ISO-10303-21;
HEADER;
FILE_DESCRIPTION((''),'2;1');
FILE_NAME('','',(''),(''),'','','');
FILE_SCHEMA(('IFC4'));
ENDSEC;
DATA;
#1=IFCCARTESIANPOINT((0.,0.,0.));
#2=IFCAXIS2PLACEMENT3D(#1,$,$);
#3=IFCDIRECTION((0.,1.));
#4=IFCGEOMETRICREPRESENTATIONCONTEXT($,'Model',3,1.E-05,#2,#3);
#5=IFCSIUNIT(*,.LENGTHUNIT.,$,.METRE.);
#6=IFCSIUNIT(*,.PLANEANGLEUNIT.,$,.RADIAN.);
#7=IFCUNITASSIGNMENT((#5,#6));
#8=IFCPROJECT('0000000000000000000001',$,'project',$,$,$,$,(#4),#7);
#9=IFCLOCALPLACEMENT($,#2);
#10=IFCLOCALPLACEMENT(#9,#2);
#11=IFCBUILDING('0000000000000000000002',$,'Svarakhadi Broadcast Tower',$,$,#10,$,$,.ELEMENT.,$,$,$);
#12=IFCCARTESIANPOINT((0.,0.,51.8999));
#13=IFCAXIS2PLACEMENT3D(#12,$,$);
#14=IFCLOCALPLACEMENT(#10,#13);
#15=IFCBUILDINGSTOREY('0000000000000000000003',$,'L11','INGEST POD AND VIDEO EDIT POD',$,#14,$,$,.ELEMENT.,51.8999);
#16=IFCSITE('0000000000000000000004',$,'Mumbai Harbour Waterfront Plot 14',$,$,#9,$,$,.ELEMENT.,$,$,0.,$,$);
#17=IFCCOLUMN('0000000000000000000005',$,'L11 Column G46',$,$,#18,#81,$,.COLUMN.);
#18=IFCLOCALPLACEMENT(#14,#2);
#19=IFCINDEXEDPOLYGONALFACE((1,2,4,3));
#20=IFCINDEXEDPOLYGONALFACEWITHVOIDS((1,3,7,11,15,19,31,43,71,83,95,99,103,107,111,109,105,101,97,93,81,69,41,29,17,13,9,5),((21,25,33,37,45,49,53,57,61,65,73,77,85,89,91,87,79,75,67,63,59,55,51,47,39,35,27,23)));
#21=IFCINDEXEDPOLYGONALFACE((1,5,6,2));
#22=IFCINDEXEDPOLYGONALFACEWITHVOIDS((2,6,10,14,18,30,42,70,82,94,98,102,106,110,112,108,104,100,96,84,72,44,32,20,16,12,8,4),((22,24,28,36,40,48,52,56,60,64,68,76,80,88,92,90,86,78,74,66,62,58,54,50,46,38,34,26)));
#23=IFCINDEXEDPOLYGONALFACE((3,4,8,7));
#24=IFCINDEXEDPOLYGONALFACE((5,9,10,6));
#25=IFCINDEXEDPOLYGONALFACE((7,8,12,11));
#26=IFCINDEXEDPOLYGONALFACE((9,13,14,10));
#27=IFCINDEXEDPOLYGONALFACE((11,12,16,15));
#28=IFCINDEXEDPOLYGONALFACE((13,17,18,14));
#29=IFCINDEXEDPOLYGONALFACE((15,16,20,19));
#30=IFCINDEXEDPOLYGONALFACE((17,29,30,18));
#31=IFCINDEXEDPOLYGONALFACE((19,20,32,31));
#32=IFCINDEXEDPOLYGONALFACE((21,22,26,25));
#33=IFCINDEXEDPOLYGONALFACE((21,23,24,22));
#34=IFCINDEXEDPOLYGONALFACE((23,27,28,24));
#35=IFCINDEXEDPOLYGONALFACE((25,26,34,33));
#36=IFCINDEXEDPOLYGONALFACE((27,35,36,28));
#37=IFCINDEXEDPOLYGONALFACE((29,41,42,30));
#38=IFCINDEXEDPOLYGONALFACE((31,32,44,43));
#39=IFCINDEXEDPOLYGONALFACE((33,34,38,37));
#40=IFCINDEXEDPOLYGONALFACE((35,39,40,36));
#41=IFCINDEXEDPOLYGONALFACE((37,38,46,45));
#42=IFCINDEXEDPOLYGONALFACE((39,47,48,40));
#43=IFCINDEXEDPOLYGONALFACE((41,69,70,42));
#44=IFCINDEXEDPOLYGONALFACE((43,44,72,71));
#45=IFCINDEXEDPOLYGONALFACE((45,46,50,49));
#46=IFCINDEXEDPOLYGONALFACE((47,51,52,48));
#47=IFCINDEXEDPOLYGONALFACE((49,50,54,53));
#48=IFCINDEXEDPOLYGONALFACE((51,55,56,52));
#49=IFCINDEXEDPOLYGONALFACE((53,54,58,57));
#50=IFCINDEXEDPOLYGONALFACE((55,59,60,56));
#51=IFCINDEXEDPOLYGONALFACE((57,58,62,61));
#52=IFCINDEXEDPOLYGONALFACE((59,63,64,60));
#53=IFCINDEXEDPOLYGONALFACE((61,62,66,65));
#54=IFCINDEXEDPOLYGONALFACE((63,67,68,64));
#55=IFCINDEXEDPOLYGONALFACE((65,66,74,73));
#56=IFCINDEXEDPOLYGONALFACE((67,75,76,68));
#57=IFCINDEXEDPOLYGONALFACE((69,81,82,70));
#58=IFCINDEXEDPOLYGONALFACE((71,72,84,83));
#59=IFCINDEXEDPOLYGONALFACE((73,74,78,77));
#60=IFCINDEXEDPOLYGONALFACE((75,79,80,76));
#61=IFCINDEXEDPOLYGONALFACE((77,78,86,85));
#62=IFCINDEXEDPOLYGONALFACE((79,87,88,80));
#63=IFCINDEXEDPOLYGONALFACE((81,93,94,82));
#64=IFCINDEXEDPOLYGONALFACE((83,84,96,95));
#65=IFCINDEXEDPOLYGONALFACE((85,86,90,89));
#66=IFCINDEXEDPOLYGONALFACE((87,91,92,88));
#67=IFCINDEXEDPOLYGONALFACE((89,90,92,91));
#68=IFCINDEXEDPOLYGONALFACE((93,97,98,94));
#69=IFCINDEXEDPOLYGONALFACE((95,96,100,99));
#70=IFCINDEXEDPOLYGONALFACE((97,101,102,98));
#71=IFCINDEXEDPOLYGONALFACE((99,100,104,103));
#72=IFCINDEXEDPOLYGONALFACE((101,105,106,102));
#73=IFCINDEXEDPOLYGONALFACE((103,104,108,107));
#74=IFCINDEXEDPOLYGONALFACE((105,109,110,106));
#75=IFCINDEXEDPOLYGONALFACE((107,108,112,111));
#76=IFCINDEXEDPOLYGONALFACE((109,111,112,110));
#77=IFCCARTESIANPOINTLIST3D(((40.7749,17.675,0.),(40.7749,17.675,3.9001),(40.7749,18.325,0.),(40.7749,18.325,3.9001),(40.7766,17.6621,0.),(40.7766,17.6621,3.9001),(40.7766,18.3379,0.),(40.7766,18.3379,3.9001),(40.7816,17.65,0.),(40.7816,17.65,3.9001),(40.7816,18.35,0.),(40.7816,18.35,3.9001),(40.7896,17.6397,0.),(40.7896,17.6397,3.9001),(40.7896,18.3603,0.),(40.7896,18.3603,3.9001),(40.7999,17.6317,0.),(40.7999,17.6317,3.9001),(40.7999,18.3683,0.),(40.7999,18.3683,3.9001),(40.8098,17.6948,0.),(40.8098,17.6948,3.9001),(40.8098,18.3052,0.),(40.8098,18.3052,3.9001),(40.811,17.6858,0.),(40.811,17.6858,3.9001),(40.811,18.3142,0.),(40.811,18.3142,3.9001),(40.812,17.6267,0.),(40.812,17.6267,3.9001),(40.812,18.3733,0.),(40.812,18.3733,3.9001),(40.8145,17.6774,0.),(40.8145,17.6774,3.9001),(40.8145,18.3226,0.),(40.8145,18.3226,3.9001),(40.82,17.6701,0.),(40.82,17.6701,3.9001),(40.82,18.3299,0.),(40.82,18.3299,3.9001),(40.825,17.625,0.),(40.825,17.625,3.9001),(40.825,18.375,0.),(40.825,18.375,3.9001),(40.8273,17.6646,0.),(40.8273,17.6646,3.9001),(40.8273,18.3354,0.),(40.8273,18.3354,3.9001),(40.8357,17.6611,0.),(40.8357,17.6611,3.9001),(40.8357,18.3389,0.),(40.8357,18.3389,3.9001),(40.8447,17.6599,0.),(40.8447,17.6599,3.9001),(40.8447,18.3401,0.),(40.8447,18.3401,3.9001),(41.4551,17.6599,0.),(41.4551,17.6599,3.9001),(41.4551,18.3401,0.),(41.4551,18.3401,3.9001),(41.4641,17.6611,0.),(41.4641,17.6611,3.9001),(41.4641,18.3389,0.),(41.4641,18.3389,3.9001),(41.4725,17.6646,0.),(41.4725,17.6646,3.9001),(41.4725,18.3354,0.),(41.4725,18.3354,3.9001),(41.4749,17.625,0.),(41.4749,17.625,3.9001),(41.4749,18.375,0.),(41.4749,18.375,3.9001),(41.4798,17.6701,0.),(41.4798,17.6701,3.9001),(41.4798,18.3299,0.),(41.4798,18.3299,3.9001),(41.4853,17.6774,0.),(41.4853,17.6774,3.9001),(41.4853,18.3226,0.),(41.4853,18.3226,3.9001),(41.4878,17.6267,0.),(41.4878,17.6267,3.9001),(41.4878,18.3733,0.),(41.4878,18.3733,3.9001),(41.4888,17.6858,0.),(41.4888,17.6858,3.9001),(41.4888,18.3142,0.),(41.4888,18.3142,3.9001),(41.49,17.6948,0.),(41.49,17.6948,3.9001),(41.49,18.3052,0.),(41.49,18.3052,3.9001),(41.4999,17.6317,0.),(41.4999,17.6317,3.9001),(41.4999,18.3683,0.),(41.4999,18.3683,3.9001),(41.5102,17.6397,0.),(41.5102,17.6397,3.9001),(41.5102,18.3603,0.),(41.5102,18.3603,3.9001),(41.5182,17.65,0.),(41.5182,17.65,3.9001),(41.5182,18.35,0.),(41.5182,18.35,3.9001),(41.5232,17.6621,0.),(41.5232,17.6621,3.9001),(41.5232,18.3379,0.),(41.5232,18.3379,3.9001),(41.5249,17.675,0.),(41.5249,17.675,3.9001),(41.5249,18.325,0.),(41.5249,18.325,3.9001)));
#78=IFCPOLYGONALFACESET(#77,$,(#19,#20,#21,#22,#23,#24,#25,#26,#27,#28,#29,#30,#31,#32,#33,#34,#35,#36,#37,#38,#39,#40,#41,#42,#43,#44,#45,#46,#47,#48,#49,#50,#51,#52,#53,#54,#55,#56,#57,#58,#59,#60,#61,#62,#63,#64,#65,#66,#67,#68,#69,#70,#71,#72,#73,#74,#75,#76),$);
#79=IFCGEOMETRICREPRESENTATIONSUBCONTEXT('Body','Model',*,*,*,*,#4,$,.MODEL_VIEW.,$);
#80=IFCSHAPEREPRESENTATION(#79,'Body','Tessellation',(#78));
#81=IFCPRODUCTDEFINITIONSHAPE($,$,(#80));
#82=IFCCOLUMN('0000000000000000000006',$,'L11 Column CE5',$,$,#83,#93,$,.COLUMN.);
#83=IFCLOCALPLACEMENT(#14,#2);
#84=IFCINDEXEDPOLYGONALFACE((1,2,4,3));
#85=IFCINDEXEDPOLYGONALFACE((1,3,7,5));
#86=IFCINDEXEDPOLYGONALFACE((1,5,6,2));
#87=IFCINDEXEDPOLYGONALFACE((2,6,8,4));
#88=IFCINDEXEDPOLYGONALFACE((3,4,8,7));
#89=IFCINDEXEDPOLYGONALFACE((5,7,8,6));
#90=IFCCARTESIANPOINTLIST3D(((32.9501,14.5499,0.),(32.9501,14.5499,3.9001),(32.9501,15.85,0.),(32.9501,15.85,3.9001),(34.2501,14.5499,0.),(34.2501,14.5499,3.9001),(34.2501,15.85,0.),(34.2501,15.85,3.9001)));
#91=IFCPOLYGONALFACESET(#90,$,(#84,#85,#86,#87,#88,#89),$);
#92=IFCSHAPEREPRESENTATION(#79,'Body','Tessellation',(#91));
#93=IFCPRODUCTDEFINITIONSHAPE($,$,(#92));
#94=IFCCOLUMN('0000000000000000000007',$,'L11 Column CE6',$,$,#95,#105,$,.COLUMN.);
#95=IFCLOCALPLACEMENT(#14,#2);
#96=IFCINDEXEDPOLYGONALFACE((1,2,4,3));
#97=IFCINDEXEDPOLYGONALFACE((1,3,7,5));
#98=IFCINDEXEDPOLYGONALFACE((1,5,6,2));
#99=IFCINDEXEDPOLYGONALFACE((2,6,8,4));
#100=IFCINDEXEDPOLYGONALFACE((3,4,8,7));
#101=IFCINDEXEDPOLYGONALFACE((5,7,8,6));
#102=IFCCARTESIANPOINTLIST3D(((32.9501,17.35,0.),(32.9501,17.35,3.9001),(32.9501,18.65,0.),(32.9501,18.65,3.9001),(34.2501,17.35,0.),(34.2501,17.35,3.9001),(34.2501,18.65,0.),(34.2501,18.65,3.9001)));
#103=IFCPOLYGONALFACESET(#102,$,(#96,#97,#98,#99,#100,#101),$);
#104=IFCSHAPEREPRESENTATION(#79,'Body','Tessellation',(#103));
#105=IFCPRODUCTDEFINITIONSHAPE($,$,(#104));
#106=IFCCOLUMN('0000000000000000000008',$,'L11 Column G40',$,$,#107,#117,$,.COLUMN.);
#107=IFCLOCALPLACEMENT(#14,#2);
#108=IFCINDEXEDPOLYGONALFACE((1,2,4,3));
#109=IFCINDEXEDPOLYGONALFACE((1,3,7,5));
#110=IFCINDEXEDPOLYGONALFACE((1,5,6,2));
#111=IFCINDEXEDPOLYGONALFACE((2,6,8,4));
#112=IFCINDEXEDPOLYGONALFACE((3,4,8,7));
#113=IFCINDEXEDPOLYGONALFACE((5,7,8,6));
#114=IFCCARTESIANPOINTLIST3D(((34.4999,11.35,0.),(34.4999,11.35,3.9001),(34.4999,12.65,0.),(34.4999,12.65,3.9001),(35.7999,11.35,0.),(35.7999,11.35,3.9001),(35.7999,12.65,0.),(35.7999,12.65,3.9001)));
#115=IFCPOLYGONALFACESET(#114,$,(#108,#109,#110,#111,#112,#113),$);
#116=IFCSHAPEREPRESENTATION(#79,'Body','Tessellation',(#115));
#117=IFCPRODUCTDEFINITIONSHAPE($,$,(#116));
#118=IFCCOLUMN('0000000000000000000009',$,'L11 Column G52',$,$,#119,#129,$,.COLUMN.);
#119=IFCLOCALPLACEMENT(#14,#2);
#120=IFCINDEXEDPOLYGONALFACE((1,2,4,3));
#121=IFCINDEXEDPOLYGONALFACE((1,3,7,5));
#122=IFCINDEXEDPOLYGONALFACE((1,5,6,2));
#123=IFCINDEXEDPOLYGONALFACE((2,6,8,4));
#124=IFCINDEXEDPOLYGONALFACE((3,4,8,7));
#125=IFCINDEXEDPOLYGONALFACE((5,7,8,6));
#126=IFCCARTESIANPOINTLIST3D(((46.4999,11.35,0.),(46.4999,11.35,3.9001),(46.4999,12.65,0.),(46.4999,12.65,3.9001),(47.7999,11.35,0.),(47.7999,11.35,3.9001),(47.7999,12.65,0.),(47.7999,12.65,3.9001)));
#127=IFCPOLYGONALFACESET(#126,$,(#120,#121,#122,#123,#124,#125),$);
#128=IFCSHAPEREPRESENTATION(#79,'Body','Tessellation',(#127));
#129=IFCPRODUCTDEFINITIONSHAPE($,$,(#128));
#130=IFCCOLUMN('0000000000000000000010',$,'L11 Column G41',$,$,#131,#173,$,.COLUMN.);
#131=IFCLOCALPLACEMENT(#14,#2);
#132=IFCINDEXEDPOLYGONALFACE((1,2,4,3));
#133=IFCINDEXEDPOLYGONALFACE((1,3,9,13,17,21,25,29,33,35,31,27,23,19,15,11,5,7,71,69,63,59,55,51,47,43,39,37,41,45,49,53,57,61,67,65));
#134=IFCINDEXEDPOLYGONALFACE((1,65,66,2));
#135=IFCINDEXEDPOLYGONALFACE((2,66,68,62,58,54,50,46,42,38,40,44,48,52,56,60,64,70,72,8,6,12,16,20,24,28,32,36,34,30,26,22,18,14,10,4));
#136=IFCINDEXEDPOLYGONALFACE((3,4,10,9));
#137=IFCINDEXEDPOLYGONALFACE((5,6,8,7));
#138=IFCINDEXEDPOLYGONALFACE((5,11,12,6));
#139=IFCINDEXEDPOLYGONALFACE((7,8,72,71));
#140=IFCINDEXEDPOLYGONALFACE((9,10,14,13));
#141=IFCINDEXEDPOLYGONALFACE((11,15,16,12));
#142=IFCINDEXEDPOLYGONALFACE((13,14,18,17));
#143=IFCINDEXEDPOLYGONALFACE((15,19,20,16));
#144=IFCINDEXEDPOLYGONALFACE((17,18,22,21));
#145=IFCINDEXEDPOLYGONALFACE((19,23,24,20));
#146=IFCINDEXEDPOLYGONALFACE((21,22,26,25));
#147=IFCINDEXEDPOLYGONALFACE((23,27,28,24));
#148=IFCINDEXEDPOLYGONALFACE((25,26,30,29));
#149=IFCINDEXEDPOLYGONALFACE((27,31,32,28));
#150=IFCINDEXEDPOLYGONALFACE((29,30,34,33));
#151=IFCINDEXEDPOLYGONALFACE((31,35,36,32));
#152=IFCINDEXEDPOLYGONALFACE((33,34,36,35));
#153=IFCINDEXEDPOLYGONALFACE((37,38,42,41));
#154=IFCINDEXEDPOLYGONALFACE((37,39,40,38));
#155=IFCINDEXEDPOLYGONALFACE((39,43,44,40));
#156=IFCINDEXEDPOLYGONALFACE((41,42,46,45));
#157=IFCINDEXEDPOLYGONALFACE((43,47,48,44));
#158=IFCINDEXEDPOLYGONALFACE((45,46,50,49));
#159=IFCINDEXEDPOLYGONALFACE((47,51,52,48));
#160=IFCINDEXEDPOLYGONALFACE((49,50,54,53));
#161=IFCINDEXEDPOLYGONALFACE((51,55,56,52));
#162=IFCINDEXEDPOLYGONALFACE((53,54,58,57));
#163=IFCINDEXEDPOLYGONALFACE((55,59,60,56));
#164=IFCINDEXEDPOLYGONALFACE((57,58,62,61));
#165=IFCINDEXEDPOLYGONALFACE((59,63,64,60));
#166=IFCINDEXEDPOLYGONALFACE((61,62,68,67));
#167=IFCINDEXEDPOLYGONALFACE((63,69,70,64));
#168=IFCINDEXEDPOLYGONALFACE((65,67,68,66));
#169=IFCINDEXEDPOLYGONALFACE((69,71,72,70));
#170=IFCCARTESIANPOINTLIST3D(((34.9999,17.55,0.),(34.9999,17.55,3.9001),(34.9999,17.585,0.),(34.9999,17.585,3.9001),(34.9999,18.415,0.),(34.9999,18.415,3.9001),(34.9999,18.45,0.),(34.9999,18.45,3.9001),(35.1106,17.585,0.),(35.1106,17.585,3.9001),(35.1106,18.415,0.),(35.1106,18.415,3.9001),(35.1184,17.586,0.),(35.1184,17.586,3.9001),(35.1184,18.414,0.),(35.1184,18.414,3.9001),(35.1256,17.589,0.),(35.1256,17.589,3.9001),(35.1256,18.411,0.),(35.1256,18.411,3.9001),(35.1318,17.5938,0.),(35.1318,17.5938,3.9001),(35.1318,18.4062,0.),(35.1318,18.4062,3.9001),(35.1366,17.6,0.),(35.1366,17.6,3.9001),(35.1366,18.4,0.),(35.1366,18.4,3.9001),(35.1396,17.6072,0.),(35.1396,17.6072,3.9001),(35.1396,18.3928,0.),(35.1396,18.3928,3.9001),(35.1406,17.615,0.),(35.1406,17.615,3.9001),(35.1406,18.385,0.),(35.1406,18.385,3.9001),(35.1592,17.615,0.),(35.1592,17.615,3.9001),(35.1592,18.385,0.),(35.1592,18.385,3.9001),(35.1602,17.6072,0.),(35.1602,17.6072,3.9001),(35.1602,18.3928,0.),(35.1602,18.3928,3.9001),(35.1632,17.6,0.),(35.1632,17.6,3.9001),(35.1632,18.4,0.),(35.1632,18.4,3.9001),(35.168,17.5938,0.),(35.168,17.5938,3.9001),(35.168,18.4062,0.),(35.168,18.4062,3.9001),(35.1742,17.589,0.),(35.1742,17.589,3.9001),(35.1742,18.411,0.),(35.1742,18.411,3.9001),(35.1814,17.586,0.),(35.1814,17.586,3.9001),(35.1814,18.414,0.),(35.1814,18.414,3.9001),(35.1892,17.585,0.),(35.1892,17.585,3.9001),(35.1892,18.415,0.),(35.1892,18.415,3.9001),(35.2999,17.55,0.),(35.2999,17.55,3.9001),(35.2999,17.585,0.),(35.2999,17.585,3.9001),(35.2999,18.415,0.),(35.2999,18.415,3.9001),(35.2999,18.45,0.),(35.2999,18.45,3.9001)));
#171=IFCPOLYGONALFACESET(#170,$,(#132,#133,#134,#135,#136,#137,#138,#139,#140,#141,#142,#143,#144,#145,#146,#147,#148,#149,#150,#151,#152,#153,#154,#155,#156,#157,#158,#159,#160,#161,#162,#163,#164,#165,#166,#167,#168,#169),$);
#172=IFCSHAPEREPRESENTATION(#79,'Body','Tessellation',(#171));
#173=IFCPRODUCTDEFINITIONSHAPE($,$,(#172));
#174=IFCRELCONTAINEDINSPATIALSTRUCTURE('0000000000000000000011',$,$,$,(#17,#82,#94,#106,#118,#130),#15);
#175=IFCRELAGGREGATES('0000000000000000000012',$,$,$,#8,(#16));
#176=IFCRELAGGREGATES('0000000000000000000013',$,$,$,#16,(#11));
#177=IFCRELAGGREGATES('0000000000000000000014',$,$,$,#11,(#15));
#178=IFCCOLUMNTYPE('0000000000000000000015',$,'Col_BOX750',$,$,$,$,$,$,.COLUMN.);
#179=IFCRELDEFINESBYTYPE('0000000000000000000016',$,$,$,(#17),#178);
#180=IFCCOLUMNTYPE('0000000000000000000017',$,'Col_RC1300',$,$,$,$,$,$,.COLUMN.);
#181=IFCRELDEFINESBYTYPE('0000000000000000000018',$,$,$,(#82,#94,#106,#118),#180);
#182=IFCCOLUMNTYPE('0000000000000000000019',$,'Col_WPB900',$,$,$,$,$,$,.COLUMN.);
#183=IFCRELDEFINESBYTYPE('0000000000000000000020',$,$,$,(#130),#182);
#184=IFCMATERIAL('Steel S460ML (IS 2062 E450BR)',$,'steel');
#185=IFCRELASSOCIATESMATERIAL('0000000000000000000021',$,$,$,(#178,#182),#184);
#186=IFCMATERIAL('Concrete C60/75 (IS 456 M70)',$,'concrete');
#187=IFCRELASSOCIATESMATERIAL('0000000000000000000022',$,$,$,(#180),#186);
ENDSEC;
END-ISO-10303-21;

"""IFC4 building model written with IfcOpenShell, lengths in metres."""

from ifc_helpers import new_model, si_unit, direction, frame, origin, origin_2d, place, context, subcontext, project, spatial, rectangle, hollow_rectangle, i_section, extrude, material, material_profile, profile_set, type_object, element, save


model = new_model("IFC4")

# Units and contexts
model_context = context("Model", 3, precision=1e-05, world=origin(), true_north=direction((0.0, 1.0)))
body_context = subcontext(model_context, "Body", "Model", "MODEL_VIEW")
ifc_project = project(units=[si_unit("LENGTHUNIT", "METRE"), si_unit("PLANEANGLEUNIT", "RADIAN")], contexts=[model_context])

# Site, building, storey
site_placement = place(None, origin())
site = spatial("IfcSite", under=ifc_project, at=site_placement, Name="Mumbai Harbour Waterfront Plot 14", CompositionType="ELEMENT", RefElevation=0.0)
building_placement = place(site_placement, origin())
building = spatial("IfcBuilding", under=site, at=building_placement, Name="Svarakhadi Broadcast Tower", CompositionType="ELEMENT")
storey_placement = place(building_placement, frame((0.0, 0.0, 51.8999)))
storey = spatial("IfcBuildingStorey", under=building, at=storey_placement, Name="L11", Description="INGEST POD AND VIDEO EDIT POD", CompositionType="ELEMENT", Elevation=51.8999)

# Columns
ifc_material_1 = material(Name="Steel S460ML (IS 2062 E450BR)", Category="steel")
ifc_material_profile_1 = material_profile(ifc_material_1, hollow_rectangle(XDim=0.75, YDim=0.75, WallThickness=0.0349, InnerFilletRadius=0.0349, OuterFilletRadius=0.05, at=origin_2d()), Name="BOX 750x750x35")
ifc_profile_set_1 = profile_set([ifc_material_profile_1], Name="Steel S460ML (IS 2062 E450BR)")
column_type_1 = type_object("IfcColumnType", Name="Col_BOX750", PredefinedType="COLUMN", material=ifc_profile_set_1)
column_placement = place(storey_placement, frame((41.1499, 18.0, 0.0), z_axis=(0.0, 0.0, 1.0), x_axis=(1.0, 0.0, 0.0)))
element("IfcColumn", 1, at=column_placement, inside=storey, type_object=column_type_1, Name="L11 Column G46", PredefinedType="COLUMN", context=body_context, shape_type="SweptSolid", body=[
    extrude(hollow_rectangle(XDim=0.75, YDim=0.75, WallThickness=0.0349, InnerFilletRadius=0.0349, OuterFilletRadius=0.05, at=origin_2d()), origin(), (0.0, 0.0, 1.0), 3.9001),
])
ifc_material_2 = material(Name="Concrete C60/75 (IS 456 M70)", Category="concrete")
ifc_material_profile_2 = material_profile(ifc_material_2, rectangle(XDim=1.3, YDim=1.3, at=origin_2d()), Name="RC 1300x1300")
ifc_profile_set_2 = profile_set([ifc_material_profile_2], Name="Concrete C60/75 (IS 456 M70)")
column_type_2 = type_object("IfcColumnType", Name="Col_RC1300", PredefinedType="COLUMN", material=ifc_profile_set_2)
for number, where, z_axis, x_axis, name in (
    (2, (33.6001, 15.2, 0.0), (0.0, 0.0, 1.0), (1.0, 0.0, 0.0), "L11 Column CE5"),
    (3, (33.6001, 18.0, 0.0), (0.0, 0.0, 1.0), (1.0, 0.0, 0.0), "L11 Column CE6"),
    (4, (35.1499, 12.0, 0.0), (0.0, 0.0, 1.0), (1.0, 0.0, 0.0), "L11 Column G40"),
    (5, (47.1499, 12.0, 0.0), (0.0, 0.0, 1.0), (1.0, 0.0, 0.0), "L11 Column G52"),
):
    element("IfcColumn", number, at=place(storey_placement, frame(where, z_axis=z_axis, x_axis=x_axis)), inside=storey, type_object=column_type_2, Name=name, PredefinedType="COLUMN", context=body_context, shape_type="SweptSolid", body=[
        extrude(rectangle(XDim=1.3, YDim=1.3, at=origin_2d()), origin(), (0.0, 0.0, 1.0), 3.9001),
    ])
ifc_material_profile_3 = material_profile(ifc_material_1, i_section(OverallWidth=0.3, OverallDepth=0.8999, WebThickness=0.0186, FlangeThickness=0.0349, FilletRadius=0.03, at=origin_2d()), Name="WPB 900x300x291")
ifc_profile_set_3 = profile_set([ifc_material_profile_3], Name="Steel S460ML (IS 2062 E450BR)")
column_type_3 = type_object("IfcColumnType", Name="Col_WPB900", PredefinedType="COLUMN", material=ifc_profile_set_3)
for number, where, z_axis, x_axis, name in (
    (6, (35.1499, 18.0, 0.0), (0.0, 0.0, 1.0), (1.0, 0.0, 0.0), "L11 Column G41"),
):
    element("IfcColumn", number, at=place(storey_placement, frame(where, z_axis=z_axis, x_axis=x_axis)), inside=storey, type_object=column_type_3, Name=name, PredefinedType="COLUMN", context=body_context, shape_type="SweptSolid", body=[
        extrude(i_section(OverallWidth=0.3, OverallDepth=0.8999, WebThickness=0.0186, FlangeThickness=0.0349, FilletRadius=0.03, at=origin_2d()), origin(), (0.0, 0.0, 1.0), 3.9001),
    ])

save(model, "model.ifc")
